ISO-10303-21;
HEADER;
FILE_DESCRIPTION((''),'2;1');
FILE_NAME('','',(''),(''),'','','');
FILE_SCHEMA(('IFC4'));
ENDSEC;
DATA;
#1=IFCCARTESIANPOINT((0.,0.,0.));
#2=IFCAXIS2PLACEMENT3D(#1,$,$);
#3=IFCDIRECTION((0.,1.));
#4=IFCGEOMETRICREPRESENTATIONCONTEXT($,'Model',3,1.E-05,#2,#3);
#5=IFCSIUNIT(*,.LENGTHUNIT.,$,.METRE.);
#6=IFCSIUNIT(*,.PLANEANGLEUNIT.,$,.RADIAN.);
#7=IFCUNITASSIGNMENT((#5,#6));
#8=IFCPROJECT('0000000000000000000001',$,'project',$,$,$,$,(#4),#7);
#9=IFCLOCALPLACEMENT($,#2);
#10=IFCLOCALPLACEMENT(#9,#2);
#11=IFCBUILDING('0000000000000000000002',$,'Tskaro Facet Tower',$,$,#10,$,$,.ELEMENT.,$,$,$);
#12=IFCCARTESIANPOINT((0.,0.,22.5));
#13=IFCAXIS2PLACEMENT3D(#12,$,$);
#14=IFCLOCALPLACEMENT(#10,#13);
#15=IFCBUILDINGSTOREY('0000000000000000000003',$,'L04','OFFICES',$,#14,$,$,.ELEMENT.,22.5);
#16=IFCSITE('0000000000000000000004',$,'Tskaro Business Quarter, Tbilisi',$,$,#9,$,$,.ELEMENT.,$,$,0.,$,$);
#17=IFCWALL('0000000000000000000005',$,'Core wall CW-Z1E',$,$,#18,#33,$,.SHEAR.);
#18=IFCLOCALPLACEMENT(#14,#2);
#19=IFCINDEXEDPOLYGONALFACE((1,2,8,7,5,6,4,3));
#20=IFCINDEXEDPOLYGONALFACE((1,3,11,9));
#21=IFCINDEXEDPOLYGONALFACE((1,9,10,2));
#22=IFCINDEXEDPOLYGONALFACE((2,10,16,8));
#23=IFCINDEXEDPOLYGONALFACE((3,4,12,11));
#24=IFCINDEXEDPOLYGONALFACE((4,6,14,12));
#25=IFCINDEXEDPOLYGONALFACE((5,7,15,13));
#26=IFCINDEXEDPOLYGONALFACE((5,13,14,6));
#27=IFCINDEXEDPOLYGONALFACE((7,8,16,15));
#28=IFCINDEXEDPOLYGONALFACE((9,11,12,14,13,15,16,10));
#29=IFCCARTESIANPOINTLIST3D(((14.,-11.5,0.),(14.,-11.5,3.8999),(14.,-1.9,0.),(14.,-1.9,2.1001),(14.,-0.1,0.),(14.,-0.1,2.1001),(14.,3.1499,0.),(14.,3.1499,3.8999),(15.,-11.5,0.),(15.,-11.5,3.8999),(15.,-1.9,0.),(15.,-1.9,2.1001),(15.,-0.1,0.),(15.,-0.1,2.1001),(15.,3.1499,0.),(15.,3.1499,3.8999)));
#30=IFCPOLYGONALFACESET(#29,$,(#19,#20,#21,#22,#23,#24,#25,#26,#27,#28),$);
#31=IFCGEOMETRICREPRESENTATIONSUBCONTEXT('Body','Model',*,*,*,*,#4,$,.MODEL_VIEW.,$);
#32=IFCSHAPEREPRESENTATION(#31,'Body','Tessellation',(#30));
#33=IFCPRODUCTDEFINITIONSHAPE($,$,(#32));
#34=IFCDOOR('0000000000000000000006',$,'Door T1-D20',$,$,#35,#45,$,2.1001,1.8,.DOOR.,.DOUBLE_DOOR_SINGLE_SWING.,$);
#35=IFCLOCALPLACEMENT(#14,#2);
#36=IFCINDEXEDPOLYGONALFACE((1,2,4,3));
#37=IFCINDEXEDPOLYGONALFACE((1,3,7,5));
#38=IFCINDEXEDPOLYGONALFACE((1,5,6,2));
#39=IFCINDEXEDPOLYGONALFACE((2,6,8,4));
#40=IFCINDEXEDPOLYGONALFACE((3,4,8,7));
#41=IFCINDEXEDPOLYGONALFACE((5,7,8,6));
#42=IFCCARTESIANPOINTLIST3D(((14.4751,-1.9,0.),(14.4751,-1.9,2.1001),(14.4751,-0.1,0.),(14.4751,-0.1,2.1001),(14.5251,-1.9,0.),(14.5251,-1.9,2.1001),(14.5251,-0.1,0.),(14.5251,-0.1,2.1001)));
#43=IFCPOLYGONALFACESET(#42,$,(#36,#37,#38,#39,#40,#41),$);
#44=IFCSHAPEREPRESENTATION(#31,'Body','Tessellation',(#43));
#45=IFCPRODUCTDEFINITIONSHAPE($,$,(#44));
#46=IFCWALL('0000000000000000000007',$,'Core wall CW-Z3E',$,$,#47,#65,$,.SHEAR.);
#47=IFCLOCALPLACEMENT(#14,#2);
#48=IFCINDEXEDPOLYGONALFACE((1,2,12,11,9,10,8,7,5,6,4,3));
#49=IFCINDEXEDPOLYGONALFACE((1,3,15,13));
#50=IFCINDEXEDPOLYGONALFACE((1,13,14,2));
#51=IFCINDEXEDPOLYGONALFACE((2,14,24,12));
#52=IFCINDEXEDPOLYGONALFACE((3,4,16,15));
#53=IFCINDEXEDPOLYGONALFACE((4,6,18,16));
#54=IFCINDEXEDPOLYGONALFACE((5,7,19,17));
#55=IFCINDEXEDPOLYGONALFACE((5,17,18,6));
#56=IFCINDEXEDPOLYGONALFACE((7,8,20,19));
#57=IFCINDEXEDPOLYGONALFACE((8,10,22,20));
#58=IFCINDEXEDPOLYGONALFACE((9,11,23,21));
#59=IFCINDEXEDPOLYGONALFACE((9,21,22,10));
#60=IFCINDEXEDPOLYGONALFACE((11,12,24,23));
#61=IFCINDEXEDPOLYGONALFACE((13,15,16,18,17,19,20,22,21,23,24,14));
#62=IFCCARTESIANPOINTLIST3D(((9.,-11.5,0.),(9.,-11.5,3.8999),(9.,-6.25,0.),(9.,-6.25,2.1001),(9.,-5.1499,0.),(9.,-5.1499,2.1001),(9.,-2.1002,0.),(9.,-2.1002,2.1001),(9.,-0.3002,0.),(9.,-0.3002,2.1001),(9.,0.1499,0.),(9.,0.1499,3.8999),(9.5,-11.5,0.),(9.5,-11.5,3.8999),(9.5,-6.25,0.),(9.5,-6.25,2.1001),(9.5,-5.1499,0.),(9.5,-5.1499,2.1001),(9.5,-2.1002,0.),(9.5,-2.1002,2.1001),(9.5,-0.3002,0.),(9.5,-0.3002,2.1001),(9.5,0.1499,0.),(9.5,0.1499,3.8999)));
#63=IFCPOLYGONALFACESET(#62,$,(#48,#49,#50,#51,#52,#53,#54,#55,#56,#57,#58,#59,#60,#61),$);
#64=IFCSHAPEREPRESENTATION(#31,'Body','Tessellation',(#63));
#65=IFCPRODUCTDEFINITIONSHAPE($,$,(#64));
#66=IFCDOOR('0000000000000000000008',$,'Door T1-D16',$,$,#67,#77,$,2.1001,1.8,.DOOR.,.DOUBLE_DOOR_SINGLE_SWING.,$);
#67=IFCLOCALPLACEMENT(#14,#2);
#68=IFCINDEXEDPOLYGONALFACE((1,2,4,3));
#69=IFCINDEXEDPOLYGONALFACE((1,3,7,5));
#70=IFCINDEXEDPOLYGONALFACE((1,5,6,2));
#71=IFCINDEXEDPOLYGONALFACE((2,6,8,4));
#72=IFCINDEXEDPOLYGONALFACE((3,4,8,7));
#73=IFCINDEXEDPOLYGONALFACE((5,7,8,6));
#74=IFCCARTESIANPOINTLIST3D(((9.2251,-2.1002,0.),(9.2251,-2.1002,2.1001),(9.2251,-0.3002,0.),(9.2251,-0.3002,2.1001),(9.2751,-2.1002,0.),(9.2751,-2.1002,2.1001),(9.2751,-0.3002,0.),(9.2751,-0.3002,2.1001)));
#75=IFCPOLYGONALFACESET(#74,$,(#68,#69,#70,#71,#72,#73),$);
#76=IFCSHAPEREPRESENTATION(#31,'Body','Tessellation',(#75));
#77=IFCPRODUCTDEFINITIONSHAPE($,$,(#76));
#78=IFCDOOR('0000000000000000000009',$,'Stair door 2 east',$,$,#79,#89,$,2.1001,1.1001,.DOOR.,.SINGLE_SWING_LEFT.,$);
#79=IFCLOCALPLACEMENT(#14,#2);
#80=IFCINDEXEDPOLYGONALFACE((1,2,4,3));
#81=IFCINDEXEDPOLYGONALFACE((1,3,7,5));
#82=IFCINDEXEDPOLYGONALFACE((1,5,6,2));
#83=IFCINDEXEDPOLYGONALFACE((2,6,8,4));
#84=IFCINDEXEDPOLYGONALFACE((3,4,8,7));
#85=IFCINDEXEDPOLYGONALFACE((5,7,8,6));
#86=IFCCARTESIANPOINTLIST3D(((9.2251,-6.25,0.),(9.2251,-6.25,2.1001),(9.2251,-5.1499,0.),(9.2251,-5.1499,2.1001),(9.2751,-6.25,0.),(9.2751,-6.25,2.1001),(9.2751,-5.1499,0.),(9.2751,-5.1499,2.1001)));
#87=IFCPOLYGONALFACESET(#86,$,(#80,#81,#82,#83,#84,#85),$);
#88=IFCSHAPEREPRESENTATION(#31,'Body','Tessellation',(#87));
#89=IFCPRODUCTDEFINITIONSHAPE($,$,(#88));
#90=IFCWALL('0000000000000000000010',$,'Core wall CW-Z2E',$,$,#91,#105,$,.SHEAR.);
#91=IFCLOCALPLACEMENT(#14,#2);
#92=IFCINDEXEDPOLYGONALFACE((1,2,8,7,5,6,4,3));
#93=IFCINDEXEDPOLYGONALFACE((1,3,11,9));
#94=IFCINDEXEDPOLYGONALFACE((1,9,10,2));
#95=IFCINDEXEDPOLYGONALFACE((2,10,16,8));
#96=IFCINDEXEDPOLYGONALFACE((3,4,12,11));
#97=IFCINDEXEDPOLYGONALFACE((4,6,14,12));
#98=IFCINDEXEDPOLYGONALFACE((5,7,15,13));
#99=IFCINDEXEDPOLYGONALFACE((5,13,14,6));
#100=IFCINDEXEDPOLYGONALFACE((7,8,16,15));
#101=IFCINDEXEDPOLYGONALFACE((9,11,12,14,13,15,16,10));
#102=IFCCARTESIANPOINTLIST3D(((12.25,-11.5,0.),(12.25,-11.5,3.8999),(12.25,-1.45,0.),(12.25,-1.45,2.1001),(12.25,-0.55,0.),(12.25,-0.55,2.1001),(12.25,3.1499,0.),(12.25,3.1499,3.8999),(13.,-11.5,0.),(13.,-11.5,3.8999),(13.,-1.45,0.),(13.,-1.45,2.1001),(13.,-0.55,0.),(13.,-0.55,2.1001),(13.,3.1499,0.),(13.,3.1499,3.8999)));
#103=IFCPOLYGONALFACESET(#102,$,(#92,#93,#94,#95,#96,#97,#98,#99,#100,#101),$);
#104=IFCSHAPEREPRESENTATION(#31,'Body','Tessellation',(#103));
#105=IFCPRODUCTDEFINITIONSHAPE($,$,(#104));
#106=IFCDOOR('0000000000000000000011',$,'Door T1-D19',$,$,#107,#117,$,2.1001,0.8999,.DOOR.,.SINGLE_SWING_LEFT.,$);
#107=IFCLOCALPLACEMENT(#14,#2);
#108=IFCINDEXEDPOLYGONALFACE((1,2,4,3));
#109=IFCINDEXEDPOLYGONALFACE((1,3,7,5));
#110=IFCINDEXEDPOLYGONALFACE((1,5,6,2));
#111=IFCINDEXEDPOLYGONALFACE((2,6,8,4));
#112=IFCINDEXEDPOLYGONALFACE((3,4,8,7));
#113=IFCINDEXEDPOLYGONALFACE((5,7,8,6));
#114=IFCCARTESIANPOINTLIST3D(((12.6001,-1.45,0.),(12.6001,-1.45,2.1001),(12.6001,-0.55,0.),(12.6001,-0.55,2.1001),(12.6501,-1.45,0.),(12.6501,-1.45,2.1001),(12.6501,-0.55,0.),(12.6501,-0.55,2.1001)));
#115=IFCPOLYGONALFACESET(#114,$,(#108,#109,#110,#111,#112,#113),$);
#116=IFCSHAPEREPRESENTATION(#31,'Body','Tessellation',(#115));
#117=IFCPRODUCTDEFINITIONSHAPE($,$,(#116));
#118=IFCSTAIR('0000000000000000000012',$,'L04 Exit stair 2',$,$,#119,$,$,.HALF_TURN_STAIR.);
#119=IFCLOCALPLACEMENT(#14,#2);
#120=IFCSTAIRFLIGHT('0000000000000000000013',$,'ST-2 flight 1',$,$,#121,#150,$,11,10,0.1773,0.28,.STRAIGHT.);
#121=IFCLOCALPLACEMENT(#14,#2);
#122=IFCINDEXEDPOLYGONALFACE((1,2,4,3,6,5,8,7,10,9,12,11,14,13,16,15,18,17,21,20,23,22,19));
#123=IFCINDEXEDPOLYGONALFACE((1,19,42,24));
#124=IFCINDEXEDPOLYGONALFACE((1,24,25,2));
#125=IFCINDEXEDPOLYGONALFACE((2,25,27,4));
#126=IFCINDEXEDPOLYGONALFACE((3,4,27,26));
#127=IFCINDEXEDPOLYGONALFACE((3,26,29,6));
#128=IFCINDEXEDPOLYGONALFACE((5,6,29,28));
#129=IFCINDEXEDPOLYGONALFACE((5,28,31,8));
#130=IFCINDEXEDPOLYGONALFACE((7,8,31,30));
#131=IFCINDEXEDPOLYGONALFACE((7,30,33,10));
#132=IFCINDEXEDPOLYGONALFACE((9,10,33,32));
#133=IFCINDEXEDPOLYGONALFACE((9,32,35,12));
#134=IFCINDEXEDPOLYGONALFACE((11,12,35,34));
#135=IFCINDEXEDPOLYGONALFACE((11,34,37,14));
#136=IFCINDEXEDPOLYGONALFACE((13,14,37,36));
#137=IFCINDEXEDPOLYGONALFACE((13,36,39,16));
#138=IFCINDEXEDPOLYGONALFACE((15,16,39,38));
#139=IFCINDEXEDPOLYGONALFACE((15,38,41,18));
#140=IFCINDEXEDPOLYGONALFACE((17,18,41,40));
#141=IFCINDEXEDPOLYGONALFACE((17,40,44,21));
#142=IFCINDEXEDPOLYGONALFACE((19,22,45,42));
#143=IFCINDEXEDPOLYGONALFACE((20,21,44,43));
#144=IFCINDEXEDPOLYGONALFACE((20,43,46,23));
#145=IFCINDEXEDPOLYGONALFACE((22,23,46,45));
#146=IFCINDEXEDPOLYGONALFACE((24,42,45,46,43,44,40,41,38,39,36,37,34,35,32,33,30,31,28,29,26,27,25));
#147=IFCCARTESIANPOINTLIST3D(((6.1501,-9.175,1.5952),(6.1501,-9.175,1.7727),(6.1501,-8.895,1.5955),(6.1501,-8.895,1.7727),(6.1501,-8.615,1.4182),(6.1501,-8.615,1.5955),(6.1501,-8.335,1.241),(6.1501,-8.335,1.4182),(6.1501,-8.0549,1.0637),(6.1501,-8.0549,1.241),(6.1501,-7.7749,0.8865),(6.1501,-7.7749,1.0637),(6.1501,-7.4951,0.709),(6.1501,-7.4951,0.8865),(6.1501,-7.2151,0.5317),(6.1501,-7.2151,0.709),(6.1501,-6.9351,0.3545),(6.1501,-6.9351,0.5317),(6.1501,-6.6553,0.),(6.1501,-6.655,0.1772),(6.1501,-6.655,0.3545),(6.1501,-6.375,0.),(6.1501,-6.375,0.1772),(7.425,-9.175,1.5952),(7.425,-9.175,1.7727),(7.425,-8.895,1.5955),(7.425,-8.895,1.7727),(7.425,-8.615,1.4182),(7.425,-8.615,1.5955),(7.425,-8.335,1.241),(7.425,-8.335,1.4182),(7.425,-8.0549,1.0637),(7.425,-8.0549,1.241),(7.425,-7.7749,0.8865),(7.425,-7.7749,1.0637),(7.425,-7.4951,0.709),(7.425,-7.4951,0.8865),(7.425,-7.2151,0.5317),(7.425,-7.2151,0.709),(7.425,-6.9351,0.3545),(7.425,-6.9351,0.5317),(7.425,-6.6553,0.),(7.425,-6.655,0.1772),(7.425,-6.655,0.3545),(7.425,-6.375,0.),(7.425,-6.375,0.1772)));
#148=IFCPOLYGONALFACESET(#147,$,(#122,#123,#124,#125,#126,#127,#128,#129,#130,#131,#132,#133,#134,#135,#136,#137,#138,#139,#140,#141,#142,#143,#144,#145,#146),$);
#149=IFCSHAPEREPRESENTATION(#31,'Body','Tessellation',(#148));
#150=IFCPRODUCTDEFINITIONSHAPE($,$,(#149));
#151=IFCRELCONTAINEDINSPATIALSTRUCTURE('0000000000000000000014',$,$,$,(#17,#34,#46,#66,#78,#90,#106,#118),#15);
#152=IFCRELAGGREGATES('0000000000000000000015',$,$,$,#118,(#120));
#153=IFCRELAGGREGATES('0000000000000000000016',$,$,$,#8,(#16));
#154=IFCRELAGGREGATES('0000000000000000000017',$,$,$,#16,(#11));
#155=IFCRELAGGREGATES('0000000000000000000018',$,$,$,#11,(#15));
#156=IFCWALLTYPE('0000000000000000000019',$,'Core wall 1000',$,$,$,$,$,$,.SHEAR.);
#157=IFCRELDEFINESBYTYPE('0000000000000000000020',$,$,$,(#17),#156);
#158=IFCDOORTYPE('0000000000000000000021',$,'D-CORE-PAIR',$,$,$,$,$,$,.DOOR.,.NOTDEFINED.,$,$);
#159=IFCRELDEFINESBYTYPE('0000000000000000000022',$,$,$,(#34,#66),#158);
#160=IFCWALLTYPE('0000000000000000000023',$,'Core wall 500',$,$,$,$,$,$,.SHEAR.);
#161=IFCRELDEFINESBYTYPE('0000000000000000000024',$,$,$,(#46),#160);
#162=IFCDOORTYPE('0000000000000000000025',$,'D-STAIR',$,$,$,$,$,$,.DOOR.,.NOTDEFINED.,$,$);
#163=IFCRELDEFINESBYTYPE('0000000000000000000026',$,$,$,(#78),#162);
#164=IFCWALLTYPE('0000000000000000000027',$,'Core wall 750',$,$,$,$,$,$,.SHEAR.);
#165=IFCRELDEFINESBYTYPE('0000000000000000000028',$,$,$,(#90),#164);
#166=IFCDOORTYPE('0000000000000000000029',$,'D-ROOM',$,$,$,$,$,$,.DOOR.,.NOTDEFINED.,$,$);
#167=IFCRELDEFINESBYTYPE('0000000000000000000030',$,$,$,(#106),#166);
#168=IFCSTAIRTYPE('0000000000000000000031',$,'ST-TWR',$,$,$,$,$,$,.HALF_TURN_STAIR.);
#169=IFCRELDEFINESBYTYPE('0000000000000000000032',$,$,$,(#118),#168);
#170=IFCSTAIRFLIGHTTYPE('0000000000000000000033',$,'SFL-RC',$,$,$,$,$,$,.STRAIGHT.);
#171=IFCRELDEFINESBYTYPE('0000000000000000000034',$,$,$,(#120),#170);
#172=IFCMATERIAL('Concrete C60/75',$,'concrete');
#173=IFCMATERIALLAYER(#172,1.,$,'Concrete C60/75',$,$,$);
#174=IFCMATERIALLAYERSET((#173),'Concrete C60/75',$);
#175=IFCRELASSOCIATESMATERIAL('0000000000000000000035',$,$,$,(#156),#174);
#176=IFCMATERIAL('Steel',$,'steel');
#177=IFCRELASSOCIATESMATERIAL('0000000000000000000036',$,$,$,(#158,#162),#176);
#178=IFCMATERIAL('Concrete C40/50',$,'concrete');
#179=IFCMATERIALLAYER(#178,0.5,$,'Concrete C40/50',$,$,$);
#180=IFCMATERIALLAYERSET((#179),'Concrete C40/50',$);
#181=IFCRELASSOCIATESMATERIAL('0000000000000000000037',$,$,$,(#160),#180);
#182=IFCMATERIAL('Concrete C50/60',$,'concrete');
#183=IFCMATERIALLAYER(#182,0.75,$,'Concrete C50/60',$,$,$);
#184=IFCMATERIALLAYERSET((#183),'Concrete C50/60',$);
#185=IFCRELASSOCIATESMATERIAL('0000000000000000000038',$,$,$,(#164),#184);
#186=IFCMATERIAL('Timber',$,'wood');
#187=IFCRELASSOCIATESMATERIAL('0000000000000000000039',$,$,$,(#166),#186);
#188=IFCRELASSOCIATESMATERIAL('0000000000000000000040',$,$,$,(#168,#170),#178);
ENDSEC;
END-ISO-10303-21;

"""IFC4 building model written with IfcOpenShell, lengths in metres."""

from ifc_helpers import new_model, si_unit, direction, frame, frame_2d, origin, place, context, subcontext, project, spatial, polyline, rectangle, outline, extrude, material, layer, layer_set, type_object, element, fill, aggregate, save


model = new_model("IFC4")

# Units and contexts
model_context = context("Model", 3, precision=1e-05, world=origin(), true_north=direction((0.0, 1.0)))
body_context = subcontext(model_context, "Body", "Model", "MODEL_VIEW")
ifc_project = project(units=[si_unit("LENGTHUNIT", "METRE"), si_unit("PLANEANGLEUNIT", "RADIAN")], contexts=[model_context])

# Site, building, storey
site_placement = place(None, origin())
site = spatial("IfcSite", under=ifc_project, at=site_placement, Name="Tskaro Business Quarter, Tbilisi", CompositionType="ELEMENT", RefElevation=0.0)
building_placement = place(site_placement, origin())
building = spatial("IfcBuilding", under=site, at=building_placement, Name="Tskaro Facet Tower", CompositionType="ELEMENT")
storey_placement = place(building_placement, frame((0.0, 0.0, 22.5)))
storey = spatial("IfcBuildingStorey", under=building, at=storey_placement, Name="L04", Description="OFFICES", CompositionType="ELEMENT", Elevation=22.5)

# Shared definitions
ifc_material_1 = material(Name="Concrete C60/75", Category="concrete")

# Wall, opening, door
ifc_layer_1 = layer(ifc_material_1, 1.0, Name="Concrete C60/75")
ifc_layer_set_1 = layer_set([ifc_layer_1], Name="Concrete C60/75")
wall_type_1 = type_object("IfcWallType", Name="Core wall 1000", PredefinedType="SHEAR", material=ifc_layer_set_1)
wall_1_placement = place(storey_placement, frame((14.5, -11.5, 0.0), z_axis=(0.0, 0.0, 1.0), x_axis=(0.0, 1.0, 0.0)))
wall_1 = element("IfcWall", 1, at=wall_1_placement, inside=storey, type_object=wall_type_1, Name="Core wall CW-Z1E", PredefinedType="SHEAR", context=body_context, shape_type="SweptSolid", body=[
    extrude(rectangle(XDim=14.6499, YDim=1.0, at=frame_2d((7.325, 0.0))), origin(), (0.0, 0.0, 1.0), 3.8999),
])
opening_1_placement = place(wall_1_placement, frame((9.6001, 0.0, 0.0)))
opening_1 = element("IfcOpeningElement", 2, at=opening_1_placement, cuts=wall_1, PredefinedType="OPENING", context=body_context, shape_type="SweptSolid", body=[
    extrude(rectangle(XDim=1.8, YDim=2.1001, at=frame_2d((0.8999, 1.05))), frame((0.0, 0.51, 0.0), z_axis=(0.0, -1.0, 0.0), x_axis=(1.0, 0.0, 0.0)), (0.0, 0.0, 1.0), 1.02),
])
ifc_material_2 = material(Name="Steel", Category="steel")
door_type_1 = type_object("IfcDoorType", Name="D-CORE-PAIR", OperationType="NOTDEFINED", PredefinedType="DOOR", material=ifc_material_2)
door_1_placement = place(opening_1_placement, origin())
door_1 = element("IfcDoor", 3, at=door_1_placement, inside=storey, type_object=door_type_1, Name="Door T1-D20", OperationType="DOUBLE_DOOR_SINGLE_SWING", OverallHeight=2.1001, OverallWidth=1.8, PredefinedType="DOOR", context=body_context, shape_type="SweptSolid", body=[
    extrude(rectangle(XDim=1.8, YDim=2.1001, at=frame_2d((0.8999, 1.05))), frame((0.0, 0.0249, 0.0), z_axis=(0.0, -1.0, 0.0), x_axis=(1.0, 0.0, 0.0)), (0.0, 0.0, 1.0), 0.05),
])
fill(opening_1, door_1)

# Wall, openings, doors
ifc_material_3 = material(Name="Concrete C40/50", Category="concrete")
ifc_layer_2 = layer(ifc_material_3, 0.5, Name="Concrete C40/50")
ifc_layer_set_2 = layer_set([ifc_layer_2], Name="Concrete C40/50")
wall_type_2 = type_object("IfcWallType", Name="Core wall 500", PredefinedType="SHEAR", material=ifc_layer_set_2)
wall_2_placement = place(storey_placement, frame((9.25, -11.5, 0.0), z_axis=(0.0, 0.0, 1.0), x_axis=(0.0, 1.0, 0.0)))
wall_2 = element("IfcWall", 4, at=wall_2_placement, inside=storey, type_object=wall_type_2, Name="Core wall CW-Z3E", PredefinedType="SHEAR", context=body_context, shape_type="SweptSolid", body=[
    extrude(rectangle(XDim=11.6499, YDim=0.5, at=frame_2d((5.825, 0.0))), origin(), (0.0, 0.0, 1.0), 3.8999),
])
opening_2_placement = place(wall_2_placement, frame((9.3999, 0.0, 0.0)))
opening_2 = element("IfcOpeningElement", 5, at=opening_2_placement, cuts=wall_2, PredefinedType="OPENING", context=body_context, shape_type="SweptSolid", body=[
    extrude(rectangle(XDim=1.8, YDim=2.1001, at=frame_2d((0.8999, 1.05))), frame((0.0, 0.26, 0.0), z_axis=(0.0, -1.0, 0.0), x_axis=(1.0, 0.0, 0.0)), (0.0, 0.0, 1.0), 0.52),
])
opening_3_placement = place(wall_2_placement, frame((5.25, 0.0, 0.0)))
opening_3 = element("IfcOpeningElement", 6, at=opening_3_placement, cuts=wall_2, PredefinedType="OPENING", context=body_context, shape_type="SweptSolid", body=[
    extrude(rectangle(XDim=1.1001, YDim=2.1001, at=frame_2d((0.55, 1.05))), frame((0.0, 0.26, 0.0), z_axis=(0.0, -1.0, 0.0), x_axis=(1.0, 0.0, 0.0)), (0.0, 0.0, 1.0), 0.52),
])
door_2_placement = place(opening_2_placement, origin())
door_2 = element("IfcDoor", 7, at=door_2_placement, inside=storey, type_object=door_type_1, Name="Door T1-D16", OperationType="DOUBLE_DOOR_SINGLE_SWING", OverallHeight=2.1001, OverallWidth=1.8, PredefinedType="DOOR", context=body_context, shape_type="SweptSolid", body=[
    extrude(rectangle(XDim=1.8, YDim=2.1001, at=frame_2d((0.8999, 1.05))), frame((0.0, 0.0249, 0.0), z_axis=(0.0, -1.0, 0.0), x_axis=(1.0, 0.0, 0.0)), (0.0, 0.0, 1.0), 0.05),
])
fill(opening_2, door_2)
door_type_2 = type_object("IfcDoorType", Name="D-STAIR", OperationType="NOTDEFINED", PredefinedType="DOOR", material=ifc_material_2)
door_3_placement = place(opening_3_placement, origin())
door_3 = element("IfcDoor", 8, at=door_3_placement, inside=storey, type_object=door_type_2, Name="Stair door 2 east", OperationType="SINGLE_SWING_LEFT", OverallHeight=2.1001, OverallWidth=1.1001, PredefinedType="DOOR", context=body_context, shape_type="SweptSolid", body=[
    extrude(rectangle(XDim=1.1001, YDim=2.1001, at=frame_2d((0.55, 1.05))), frame((0.0, 0.0249, 0.0), z_axis=(0.0, -1.0, 0.0), x_axis=(1.0, 0.0, 0.0)), (0.0, 0.0, 1.0), 0.05),
])
fill(opening_3, door_3)

# Wall, opening, door
ifc_material_4 = material(Name="Concrete C50/60", Category="concrete")
ifc_layer_3 = layer(ifc_material_4, 0.75, Name="Concrete C50/60")
ifc_layer_set_3 = layer_set([ifc_layer_3], Name="Concrete C50/60")
wall_type_3 = type_object("IfcWallType", Name="Core wall 750", PredefinedType="SHEAR", material=ifc_layer_set_3)
wall_3_placement = place(storey_placement, frame((12.625, -11.5, 0.0), z_axis=(0.0, 0.0, 1.0), x_axis=(0.0, 1.0, 0.0)))
wall_3 = element("IfcWall", 9, at=wall_3_placement, inside=storey, type_object=wall_type_3, Name="Core wall CW-Z2E", PredefinedType="SHEAR", context=body_context, shape_type="SweptSolid", body=[
    extrude(rectangle(XDim=14.6499, YDim=0.75, at=frame_2d((7.325, 0.0))), origin(), (0.0, 0.0, 1.0), 3.8999),
])
opening_4_placement = place(wall_3_placement, frame((10.05, 0.0, 0.0)))
opening_4 = element("IfcOpeningElement", 10, at=opening_4_placement, cuts=wall_3, PredefinedType="OPENING", context=body_context, shape_type="SweptSolid", body=[
    extrude(rectangle(XDim=0.8999, YDim=2.1001, at=frame_2d((0.45, 1.05))), frame((0.0, 0.385, 0.0), z_axis=(0.0, -1.0, 0.0), x_axis=(1.0, 0.0, 0.0)), (0.0, 0.0, 1.0), 0.77),
])
ifc_material_5 = material(Name="Timber", Category="wood")
door_type_3 = type_object("IfcDoorType", Name="D-ROOM", OperationType="NOTDEFINED", PredefinedType="DOOR", material=ifc_material_5)
door_4_placement = place(opening_4_placement, origin())
door_4 = element("IfcDoor", 11, at=door_4_placement, inside=storey, type_object=door_type_3, Name="Door T1-D19", OperationType="SINGLE_SWING_LEFT", OverallHeight=2.1001, OverallWidth=0.8999, PredefinedType="DOOR", context=body_context, shape_type="SweptSolid", body=[
    extrude(rectangle(XDim=0.8999, YDim=2.1001, at=frame_2d((0.45, 1.05))), frame((0.0, 0.0249, 0.0), z_axis=(0.0, -1.0, 0.0), x_axis=(1.0, 0.0, 0.0)), (0.0, 0.0, 1.0), 0.05),
])
fill(opening_4, door_4)

# Stair, stair flight
stair_type = type_object("IfcStairType", Name="ST-TWR", PredefinedType="HALF_TURN_STAIR", material=ifc_material_3)
stair_placement = place(storey_placement, origin())
stair = element("IfcStair", 12, at=stair_placement, inside=storey, type_object=stair_type, Name="L04 Exit stair 2", PredefinedType="HALF_TURN_STAIR")
stair_flight_type = type_object("IfcStairFlightType", Name="SFL-RC", PredefinedType="STRAIGHT", material=ifc_material_3)
stair_flight_1_placement = place(storey_placement, frame((6.7876, -6.375, 0.0), z_axis=(0.0, 0.0, 1.0), x_axis=(0.0, -1.0, 0.0)))
stair_flight_1 = element("IfcStairFlight", 13, at=stair_flight_1_placement, type_object=stair_flight_type, Name="ST-2 flight 1", NumberOfRisers=11, NumberOfTreads=10, PredefinedType="STRAIGHT", RiserHeight=0.1773, TreadLength=0.28, context=body_context, shape_type="SweptSolid", body=[
    extrude(outline(polyline([(0.0, 0.0), (0.0, 0.1772), (0.28, 0.1772), (0.28, 0.3545), (0.5601, 0.3545), (0.5601, 0.5317), (0.8401, 0.5317), (0.8401, 0.709), (1.1201, 0.709), (1.1201, 0.8865), (1.3999, 0.8865), (1.3999, 1.0637), (1.6799, 1.0637), (1.6799, 1.241), (1.96, 1.241), (1.96, 1.4182), (2.24, 1.4182), (2.24, 1.5955), (2.52, 1.5955), (2.52, 1.7727), (2.8, 1.7727), (2.8, 1.95), (2.8, 1.5952), (0.2803, 0.0), (0.0, 0.0)])), frame((0.0, 0.6375, 0.0), z_axis=(0.0, -1.0, 0.0), x_axis=(1.0, 0.0, 0.0)), (0.0, 0.0, 1.0), 1.2749),
])
aggregate(stair, [stair_flight_1])

save(model, "model.ifc")
